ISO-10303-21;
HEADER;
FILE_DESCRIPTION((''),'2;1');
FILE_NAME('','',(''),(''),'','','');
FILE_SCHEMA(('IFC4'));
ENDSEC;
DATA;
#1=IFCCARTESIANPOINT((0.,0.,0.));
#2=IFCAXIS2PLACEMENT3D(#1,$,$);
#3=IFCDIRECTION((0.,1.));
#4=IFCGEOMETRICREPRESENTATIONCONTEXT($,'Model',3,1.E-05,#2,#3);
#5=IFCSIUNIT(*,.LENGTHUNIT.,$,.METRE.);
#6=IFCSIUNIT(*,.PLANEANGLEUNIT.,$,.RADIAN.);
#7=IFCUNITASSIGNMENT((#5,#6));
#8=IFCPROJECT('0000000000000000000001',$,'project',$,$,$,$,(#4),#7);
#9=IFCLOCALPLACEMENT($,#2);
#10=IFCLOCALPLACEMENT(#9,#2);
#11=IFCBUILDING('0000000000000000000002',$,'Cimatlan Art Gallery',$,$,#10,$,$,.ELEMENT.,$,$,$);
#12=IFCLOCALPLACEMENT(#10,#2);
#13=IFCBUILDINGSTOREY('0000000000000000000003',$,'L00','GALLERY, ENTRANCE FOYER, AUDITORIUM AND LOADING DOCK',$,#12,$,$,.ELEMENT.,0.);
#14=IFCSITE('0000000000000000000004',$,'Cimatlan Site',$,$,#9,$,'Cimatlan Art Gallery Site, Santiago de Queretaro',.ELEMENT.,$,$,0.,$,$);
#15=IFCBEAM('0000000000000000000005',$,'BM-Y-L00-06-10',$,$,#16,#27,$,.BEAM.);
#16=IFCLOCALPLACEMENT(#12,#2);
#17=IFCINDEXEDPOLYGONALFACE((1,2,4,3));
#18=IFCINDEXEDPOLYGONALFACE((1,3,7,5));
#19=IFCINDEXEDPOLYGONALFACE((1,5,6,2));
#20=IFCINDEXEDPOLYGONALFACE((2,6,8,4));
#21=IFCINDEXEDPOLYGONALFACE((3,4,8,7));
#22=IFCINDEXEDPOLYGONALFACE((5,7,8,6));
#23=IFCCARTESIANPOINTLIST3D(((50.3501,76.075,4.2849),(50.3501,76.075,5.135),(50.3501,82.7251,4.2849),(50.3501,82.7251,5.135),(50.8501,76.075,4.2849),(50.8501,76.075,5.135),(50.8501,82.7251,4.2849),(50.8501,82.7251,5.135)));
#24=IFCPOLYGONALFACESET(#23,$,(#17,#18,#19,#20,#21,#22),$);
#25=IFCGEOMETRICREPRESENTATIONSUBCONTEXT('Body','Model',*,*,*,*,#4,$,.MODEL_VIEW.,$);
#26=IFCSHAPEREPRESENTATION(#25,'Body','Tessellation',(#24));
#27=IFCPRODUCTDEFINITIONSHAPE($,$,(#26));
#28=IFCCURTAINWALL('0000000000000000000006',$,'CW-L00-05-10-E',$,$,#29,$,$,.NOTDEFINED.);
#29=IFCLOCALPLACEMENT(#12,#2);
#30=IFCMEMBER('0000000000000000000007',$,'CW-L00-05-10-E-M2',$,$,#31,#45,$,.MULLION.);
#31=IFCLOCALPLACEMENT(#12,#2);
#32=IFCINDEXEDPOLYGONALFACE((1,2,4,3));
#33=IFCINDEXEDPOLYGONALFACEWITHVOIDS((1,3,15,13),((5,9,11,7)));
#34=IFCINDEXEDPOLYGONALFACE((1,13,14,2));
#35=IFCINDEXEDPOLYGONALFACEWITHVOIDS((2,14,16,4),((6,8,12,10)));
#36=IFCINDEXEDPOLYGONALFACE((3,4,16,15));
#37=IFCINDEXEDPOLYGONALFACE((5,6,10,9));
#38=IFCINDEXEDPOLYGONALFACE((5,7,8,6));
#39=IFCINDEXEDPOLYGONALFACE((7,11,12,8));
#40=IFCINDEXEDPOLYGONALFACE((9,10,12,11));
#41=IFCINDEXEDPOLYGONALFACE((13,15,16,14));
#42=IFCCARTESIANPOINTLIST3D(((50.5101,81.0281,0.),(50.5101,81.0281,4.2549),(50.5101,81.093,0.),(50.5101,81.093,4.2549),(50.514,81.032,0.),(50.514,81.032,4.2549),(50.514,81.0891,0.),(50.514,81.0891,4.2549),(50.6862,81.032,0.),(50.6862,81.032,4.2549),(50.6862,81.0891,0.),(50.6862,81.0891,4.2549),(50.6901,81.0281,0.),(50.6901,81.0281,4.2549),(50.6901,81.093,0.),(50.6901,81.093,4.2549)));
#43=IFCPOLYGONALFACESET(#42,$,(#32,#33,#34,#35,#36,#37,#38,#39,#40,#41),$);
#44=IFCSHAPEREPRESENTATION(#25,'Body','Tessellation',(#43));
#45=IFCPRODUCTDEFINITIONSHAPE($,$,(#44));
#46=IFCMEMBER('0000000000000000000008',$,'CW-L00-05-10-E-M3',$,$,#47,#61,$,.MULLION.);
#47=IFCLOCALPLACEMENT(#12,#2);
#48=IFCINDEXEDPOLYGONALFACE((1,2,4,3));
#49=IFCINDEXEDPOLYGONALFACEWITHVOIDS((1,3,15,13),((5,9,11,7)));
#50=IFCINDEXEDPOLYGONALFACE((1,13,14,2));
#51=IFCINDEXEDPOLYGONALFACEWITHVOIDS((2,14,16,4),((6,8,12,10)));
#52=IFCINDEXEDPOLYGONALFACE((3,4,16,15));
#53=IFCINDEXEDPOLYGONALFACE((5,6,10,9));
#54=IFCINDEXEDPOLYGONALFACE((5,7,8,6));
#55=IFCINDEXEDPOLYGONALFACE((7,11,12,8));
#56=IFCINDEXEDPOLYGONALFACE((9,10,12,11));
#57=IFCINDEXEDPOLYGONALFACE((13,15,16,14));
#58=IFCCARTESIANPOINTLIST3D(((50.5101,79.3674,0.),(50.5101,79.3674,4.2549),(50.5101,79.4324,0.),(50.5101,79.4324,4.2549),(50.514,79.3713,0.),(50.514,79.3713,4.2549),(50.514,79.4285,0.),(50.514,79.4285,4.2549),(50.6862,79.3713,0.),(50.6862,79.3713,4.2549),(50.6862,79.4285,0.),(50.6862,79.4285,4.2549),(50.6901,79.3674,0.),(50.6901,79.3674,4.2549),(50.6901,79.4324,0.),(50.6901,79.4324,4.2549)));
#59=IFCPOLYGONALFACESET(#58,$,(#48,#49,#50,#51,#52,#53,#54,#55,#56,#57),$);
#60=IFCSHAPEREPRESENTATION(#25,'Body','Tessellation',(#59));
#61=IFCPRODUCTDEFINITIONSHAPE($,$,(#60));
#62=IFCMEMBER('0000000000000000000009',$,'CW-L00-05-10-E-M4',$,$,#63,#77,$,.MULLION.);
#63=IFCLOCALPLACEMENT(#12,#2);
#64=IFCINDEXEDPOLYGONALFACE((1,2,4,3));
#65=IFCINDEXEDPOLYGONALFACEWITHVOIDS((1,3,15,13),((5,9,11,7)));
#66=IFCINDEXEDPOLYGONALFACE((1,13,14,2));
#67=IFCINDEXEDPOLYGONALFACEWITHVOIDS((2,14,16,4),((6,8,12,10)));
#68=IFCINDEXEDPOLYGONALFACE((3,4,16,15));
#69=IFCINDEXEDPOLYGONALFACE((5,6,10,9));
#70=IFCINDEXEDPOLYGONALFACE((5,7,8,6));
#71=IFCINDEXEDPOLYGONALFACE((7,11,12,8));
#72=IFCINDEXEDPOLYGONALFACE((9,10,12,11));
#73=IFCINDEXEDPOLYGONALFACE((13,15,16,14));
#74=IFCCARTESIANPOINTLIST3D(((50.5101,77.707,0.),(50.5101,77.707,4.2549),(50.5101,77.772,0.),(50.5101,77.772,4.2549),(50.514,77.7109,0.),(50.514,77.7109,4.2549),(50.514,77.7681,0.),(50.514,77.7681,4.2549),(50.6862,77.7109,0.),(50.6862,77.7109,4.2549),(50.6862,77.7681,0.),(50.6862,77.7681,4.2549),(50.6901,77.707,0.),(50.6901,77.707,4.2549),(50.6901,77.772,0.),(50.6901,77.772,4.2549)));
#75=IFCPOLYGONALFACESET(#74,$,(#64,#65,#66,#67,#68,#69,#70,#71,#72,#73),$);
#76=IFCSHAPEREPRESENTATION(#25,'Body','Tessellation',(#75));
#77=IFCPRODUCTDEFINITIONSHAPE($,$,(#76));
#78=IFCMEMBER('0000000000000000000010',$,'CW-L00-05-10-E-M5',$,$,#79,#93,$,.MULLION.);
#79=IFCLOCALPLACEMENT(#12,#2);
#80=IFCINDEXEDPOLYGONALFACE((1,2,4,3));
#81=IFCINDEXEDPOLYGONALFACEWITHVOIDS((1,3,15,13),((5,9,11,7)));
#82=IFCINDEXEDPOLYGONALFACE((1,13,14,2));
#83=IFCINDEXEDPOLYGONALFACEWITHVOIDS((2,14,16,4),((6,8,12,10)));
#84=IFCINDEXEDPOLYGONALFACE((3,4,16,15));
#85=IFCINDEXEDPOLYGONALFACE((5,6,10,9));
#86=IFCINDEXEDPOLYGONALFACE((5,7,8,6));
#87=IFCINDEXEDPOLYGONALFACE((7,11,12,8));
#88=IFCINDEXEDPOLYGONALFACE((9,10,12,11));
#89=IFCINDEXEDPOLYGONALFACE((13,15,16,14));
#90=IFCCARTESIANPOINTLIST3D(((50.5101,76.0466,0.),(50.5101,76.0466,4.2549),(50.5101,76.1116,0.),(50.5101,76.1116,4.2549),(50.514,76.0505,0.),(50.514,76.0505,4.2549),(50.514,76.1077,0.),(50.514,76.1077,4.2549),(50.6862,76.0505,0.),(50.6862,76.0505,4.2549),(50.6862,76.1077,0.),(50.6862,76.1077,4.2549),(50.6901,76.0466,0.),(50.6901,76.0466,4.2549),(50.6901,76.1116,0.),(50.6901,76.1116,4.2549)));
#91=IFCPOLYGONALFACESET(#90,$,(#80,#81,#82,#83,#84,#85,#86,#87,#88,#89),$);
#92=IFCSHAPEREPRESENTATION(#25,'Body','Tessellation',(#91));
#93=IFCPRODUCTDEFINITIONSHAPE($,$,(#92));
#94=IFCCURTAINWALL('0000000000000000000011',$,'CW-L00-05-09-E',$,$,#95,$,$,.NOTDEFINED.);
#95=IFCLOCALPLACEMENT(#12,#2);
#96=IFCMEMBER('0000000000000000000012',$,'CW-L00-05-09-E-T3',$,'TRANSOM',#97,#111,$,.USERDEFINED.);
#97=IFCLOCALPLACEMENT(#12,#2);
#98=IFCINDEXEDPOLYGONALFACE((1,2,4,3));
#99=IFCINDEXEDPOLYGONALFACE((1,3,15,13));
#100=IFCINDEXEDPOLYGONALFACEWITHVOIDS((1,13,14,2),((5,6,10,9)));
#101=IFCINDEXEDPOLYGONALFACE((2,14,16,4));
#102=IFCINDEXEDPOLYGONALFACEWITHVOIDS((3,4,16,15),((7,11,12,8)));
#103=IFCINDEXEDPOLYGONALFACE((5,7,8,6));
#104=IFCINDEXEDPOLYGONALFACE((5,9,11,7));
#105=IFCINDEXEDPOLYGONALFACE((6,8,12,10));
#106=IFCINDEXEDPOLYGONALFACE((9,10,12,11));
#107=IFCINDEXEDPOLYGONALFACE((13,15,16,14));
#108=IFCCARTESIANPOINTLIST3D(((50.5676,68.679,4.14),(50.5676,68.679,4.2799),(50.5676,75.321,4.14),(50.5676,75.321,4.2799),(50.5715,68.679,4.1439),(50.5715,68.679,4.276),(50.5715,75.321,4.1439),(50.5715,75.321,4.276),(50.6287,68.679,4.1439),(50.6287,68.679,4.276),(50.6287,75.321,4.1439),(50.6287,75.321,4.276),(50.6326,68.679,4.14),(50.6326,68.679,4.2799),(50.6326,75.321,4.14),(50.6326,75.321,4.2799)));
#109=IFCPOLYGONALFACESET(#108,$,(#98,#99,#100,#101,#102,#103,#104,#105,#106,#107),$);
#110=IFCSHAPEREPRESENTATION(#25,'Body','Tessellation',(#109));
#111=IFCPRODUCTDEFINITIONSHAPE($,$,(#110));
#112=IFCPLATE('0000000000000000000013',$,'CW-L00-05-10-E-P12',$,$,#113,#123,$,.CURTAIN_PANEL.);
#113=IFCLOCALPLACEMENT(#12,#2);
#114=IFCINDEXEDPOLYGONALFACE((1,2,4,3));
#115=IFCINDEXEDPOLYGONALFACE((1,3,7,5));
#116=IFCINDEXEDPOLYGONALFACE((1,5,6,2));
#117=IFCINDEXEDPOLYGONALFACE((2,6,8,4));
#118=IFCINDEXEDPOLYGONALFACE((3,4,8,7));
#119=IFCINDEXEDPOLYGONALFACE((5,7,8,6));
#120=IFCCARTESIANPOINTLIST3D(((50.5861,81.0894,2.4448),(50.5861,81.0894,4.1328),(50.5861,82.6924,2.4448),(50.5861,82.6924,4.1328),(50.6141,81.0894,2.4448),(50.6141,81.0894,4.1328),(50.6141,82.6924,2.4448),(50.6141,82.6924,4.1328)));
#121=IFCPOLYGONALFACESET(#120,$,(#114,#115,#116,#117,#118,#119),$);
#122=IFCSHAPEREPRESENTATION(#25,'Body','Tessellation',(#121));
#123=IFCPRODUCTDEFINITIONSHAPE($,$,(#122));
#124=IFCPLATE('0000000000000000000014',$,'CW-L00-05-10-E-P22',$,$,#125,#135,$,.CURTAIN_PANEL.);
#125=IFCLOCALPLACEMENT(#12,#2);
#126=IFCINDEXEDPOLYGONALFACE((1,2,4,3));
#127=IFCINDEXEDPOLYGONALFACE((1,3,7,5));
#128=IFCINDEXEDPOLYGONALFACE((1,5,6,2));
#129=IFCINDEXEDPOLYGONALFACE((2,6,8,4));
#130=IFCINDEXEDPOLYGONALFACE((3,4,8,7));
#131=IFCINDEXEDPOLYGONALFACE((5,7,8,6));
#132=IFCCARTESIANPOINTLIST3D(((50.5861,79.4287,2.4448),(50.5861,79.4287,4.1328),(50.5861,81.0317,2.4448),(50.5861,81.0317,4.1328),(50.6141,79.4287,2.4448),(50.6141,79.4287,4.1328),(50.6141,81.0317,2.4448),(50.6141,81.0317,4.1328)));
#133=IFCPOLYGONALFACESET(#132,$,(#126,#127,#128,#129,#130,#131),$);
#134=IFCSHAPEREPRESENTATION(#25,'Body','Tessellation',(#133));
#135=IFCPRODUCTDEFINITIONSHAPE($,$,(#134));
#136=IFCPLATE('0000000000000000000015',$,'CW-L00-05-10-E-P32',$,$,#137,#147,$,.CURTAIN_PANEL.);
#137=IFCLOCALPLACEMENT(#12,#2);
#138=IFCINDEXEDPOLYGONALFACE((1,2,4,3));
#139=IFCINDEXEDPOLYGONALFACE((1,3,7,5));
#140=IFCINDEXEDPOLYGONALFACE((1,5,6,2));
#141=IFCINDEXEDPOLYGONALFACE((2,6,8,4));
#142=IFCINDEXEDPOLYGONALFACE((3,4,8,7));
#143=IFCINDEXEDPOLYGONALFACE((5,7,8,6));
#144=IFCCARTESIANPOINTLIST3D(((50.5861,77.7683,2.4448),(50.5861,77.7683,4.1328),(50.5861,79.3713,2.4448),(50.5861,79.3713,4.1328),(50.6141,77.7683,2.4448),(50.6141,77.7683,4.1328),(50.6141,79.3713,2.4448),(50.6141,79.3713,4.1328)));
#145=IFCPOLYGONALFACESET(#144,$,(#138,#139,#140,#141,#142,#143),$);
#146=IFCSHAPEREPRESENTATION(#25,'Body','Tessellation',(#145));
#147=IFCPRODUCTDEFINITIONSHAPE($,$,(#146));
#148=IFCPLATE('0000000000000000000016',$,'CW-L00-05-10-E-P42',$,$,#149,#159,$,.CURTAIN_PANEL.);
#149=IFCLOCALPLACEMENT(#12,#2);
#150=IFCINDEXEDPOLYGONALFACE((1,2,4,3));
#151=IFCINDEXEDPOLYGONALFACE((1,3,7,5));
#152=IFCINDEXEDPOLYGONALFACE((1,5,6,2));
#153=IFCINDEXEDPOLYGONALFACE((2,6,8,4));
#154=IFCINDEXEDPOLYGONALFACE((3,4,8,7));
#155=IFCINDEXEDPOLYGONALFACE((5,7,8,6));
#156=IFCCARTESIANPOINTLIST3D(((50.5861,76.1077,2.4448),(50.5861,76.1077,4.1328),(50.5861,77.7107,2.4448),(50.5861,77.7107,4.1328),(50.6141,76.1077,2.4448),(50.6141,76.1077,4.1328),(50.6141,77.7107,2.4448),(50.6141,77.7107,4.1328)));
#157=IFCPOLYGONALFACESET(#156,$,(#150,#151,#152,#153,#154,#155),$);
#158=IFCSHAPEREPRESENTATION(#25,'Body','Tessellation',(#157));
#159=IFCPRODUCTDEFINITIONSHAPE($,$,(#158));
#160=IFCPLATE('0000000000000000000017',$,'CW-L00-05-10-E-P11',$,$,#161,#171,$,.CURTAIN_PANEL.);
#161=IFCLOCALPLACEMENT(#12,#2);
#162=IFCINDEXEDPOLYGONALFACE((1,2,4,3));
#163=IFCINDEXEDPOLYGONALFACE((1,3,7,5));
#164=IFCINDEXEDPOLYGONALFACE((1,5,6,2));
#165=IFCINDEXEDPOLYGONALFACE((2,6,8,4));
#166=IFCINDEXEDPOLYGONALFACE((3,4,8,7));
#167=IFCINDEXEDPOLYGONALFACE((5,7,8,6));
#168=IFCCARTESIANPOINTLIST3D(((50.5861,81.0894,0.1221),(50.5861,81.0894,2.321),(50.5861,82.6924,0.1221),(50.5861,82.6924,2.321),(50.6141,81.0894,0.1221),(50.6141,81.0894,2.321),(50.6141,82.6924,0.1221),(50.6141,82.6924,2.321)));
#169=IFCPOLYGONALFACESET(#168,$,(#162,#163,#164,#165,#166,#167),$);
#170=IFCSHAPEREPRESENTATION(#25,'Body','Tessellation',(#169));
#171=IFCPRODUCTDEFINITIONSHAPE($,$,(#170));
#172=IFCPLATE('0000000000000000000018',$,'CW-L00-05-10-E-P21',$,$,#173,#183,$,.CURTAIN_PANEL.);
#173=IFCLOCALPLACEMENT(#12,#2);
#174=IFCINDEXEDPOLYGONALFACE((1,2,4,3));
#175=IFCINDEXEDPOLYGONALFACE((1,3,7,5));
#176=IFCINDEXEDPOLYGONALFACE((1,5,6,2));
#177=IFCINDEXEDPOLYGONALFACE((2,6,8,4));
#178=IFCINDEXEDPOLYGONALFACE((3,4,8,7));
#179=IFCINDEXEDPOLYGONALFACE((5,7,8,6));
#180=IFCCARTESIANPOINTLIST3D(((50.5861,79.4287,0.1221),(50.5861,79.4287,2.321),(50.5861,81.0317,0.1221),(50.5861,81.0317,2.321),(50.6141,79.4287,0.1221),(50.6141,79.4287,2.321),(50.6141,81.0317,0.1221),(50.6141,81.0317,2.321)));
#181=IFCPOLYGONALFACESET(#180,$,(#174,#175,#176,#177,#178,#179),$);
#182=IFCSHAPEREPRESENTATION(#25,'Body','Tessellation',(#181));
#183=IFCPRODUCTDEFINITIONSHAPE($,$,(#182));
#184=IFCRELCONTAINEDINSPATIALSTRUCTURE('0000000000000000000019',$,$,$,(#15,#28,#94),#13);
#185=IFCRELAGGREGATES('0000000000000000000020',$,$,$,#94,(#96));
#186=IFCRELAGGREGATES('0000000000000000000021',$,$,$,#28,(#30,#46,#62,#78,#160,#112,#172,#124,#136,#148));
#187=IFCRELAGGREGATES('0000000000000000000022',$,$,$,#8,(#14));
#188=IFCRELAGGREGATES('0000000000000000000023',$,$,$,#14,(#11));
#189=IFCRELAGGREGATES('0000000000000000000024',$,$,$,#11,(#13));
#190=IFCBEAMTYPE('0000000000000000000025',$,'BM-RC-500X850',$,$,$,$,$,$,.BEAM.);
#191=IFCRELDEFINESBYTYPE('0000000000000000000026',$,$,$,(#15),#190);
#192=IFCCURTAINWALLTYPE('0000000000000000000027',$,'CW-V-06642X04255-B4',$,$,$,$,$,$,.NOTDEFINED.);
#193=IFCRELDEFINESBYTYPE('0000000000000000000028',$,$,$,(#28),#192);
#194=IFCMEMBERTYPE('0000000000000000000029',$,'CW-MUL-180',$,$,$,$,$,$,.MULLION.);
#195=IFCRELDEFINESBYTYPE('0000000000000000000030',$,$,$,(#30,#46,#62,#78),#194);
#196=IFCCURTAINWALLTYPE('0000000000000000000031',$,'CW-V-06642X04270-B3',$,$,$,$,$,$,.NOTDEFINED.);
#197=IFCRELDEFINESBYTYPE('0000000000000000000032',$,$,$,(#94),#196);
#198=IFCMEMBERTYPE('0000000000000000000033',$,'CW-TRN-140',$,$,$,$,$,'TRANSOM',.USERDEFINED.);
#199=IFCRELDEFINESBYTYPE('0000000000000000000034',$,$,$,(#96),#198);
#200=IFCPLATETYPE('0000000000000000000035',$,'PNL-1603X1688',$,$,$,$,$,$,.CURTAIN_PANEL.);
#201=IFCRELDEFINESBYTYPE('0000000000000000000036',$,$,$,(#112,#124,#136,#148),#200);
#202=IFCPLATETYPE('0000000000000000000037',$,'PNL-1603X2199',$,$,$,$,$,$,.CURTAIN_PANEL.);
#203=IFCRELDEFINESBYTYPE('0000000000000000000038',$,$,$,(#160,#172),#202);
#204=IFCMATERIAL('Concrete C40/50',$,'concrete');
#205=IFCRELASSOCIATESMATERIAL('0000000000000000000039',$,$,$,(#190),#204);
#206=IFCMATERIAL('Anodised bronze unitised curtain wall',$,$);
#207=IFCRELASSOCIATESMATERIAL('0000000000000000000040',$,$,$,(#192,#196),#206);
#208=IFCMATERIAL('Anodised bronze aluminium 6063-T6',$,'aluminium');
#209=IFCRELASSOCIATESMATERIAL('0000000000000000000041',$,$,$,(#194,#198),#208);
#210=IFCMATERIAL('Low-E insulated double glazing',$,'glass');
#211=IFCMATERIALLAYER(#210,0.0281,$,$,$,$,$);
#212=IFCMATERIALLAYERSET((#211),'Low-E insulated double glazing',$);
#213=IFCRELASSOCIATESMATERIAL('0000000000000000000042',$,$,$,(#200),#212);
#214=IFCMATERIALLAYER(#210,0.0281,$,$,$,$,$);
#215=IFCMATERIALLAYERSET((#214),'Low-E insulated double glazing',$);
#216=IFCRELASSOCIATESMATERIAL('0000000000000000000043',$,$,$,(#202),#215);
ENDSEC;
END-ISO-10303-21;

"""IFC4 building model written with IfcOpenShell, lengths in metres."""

from ifc_helpers import new_model, si_unit, direction, frame, origin, origin_2d, place, context, subcontext, project, spatial, rectangle, hollow_rectangle, extrude, material, layer, layer_set, material_profile, profile_set, type_object, element, aggregate, save


model = new_model("IFC4")

# Units and contexts
model_context = context("Model", 3, precision=1e-05, world=origin(), true_north=direction((0.0, 1.0)))
body_context = subcontext(model_context, "Body", "Model", "MODEL_VIEW")
ifc_project = project(units=[si_unit("LENGTHUNIT", "METRE"), si_unit("PLANEANGLEUNIT", "RADIAN")], contexts=[model_context])

# Site, building, storey
site_placement = place(None, origin())
site = spatial("IfcSite", under=ifc_project, at=site_placement, Name="Cimatlan Site", LongName="Cimatlan Art Gallery Site, Santiago de Queretaro", CompositionType="ELEMENT", RefElevation=0.0)
building_placement = place(site_placement, origin())
building = spatial("IfcBuilding", under=site, at=building_placement, Name="Cimatlan Art Gallery", CompositionType="ELEMENT")
storey_placement = place(building_placement, origin())
storey = spatial("IfcBuildingStorey", under=building, at=storey_placement, Name="L00", Description="GALLERY, ENTRANCE FOYER, AUDITORIUM AND LOADING DOCK", CompositionType="ELEMENT", Elevation=0.0)

# Shared definitions
ifc_material_1 = material(Name="Concrete C40/50", Category="concrete")

# Beam
ifc_material_profile_1 = material_profile(ifc_material_1, rectangle(XDim=0.5, YDim=0.8501, at=origin_2d()), Name="RC500X850")
ifc_profile_set_1 = profile_set([ifc_material_profile_1], Name="Concrete C40/50")
beam_type = type_object("IfcBeamType", Name="BM-RC-500X850", PredefinedType="BEAM", material=ifc_profile_set_1)
beam_placement = place(storey_placement, frame((50.6001, 76.075, 4.71), z_axis=(0.0, 1.0, 0.0), x_axis=(-1.0, 0.0, 0.0)))
element("IfcBeam", 1, at=beam_placement, inside=storey, type_object=beam_type, Name="BM-Y-L00-06-10", PredefinedType="BEAM", context=body_context, shape_type="SweptSolid", body=[
    extrude(rectangle(XDim=0.5, YDim=0.8501, at=origin_2d()), origin(), (0.0, 0.0, 1.0), 6.6501),
])

# Curtain wall, members
ifc_material_2 = material(Name="Anodised bronze unitised curtain wall")
curtain_wall_type_1 = type_object("IfcCurtainWallType", Name="CW-V-06642X04255-B4", PredefinedType="NOTDEFINED", material=ifc_material_2)
curtain_wall_1_placement = place(storey_placement, origin())
curtain_wall_1 = element("IfcCurtainWall", 2, at=curtain_wall_1_placement, inside=storey, type_object=curtain_wall_type_1, Name="CW-L00-05-10-E", PredefinedType="NOTDEFINED")
ifc_material_3 = material(Name="Anodised bronze aluminium 6063-T6", Category="aluminium")
ifc_material_profile_2 = material_profile(ifc_material_3, hollow_rectangle(XDim=0.0649, YDim=0.1799, WallThickness=0.0039, at=origin_2d()), Name="ALU65X180X4")
ifc_profile_set_2 = profile_set([ifc_material_profile_2], Name="Anodised bronze aluminium 6063-T6")
member_type_1 = type_object("IfcMemberType", Name="CW-MUL-180", PredefinedType="MULLION", material=ifc_profile_set_2)
member_1_placement = place(storey_placement, frame((50.6001, 81.0605, 0.0), z_axis=(0.0, 0.0, 1.0), x_axis=(0.0, 1.0, 0.0)))
member_1 = element("IfcMember", 3, at=member_1_placement, type_object=member_type_1, Name="CW-L00-05-10-E-M2", PredefinedType="MULLION", context=body_context, shape_type="SweptSolid", body=[
    extrude(hollow_rectangle(XDim=0.0649, YDim=0.1799, WallThickness=0.0039, at=origin_2d()), origin(), (0.0, 0.0, 1.0), 4.2549),
])
member_2_placement = place(storey_placement, frame((50.6001, 79.3999, 0.0), z_axis=(0.0, 0.0, 1.0), x_axis=(0.0, 1.0, 0.0)))
member_2 = element("IfcMember", 4, at=member_2_placement, type_object=member_type_1, Name="CW-L00-05-10-E-M3", PredefinedType="MULLION", context=body_context, shape_type="SweptSolid", body=[
    extrude(hollow_rectangle(XDim=0.0649, YDim=0.1799, WallThickness=0.0039, at=origin_2d()), origin(), (0.0, 0.0, 1.0), 4.2549),
])
member_3_placement = place(storey_placement, frame((50.6001, 77.7395, 0.0), z_axis=(0.0, 0.0, 1.0), x_axis=(0.0, 1.0, 0.0)))
member_3 = element("IfcMember", 5, at=member_3_placement, type_object=member_type_1, Name="CW-L00-05-10-E-M4", PredefinedType="MULLION", context=body_context, shape_type="SweptSolid", body=[
    extrude(hollow_rectangle(XDim=0.0649, YDim=0.1799, WallThickness=0.0039, at=origin_2d()), origin(), (0.0, 0.0, 1.0), 4.2549),
])
member_4_placement = place(storey_placement, frame((50.6001, 76.0791, 0.0), z_axis=(0.0, 0.0, 1.0), x_axis=(0.0, 1.0, 0.0)))
member_4 = element("IfcMember", 6, at=member_4_placement, type_object=member_type_1, Name="CW-L00-05-10-E-M5", PredefinedType="MULLION", context=body_context, shape_type="SweptSolid", body=[
    extrude(hollow_rectangle(XDim=0.0649, YDim=0.1799, WallThickness=0.0039, at=origin_2d()), origin(), (0.0, 0.0, 1.0), 4.2549),
])

# Curtain wall, member
curtain_wall_type_2 = type_object("IfcCurtainWallType", Name="CW-V-06642X04270-B3", PredefinedType="NOTDEFINED", material=ifc_material_2)
curtain_wall_2_placement = place(storey_placement, origin())
curtain_wall_2 = element("IfcCurtainWall", 7, at=curtain_wall_2_placement, inside=storey, type_object=curtain_wall_type_2, Name="CW-L00-05-09-E", PredefinedType="NOTDEFINED")
ifc_material_profile_3 = material_profile(ifc_material_3, hollow_rectangle(XDim=0.0649, YDim=0.1399, WallThickness=0.0039, at=origin_2d()), Name="ALU65X140X4")
ifc_profile_set_3 = profile_set([ifc_material_profile_3], Name="Anodised bronze aluminium 6063-T6")
member_type_2 = type_object("IfcMemberType", Name="CW-TRN-140", ElementType="TRANSOM", PredefinedType="USERDEFINED", material=ifc_profile_set_3)
member_5_placement = place(storey_placement, frame((50.6001, 75.321, 4.21), z_axis=(0.0, -1.0, 0.0), x_axis=(1.0, 0.0, 0.0)))
member_5 = element("IfcMember", 8, at=member_5_placement, type_object=member_type_2, Name="CW-L00-05-09-E-T3", ObjectType="TRANSOM", PredefinedType="USERDEFINED", context=body_context, shape_type="SweptSolid", body=[
    extrude(hollow_rectangle(XDim=0.0649, YDim=0.1399, WallThickness=0.0039, at=origin_2d()), origin(), (0.0, 0.0, 1.0), 6.6421),
])
aggregate(curtain_wall_2, [member_5])

# Plates
ifc_material_4 = material(Name="Low-E insulated double glazing", Category="glass")
ifc_layer_1 = layer(ifc_material_4, 0.0281)
ifc_layer_set_1 = layer_set([ifc_layer_1], Name="Low-E insulated double glazing")
plate_type_1 = type_object("IfcPlateType", Name="PNL-1603X1688", PredefinedType="CURTAIN_PANEL", material=ifc_layer_set_1)
plate_1_placement = place(storey_placement, frame((50.6001, 81.8909, 2.4448), z_axis=(0.0, 0.0, 1.0), x_axis=(0.0, -1.0, 0.0)))
plate_1 = element("IfcPlate", 9, at=plate_1_placement, type_object=plate_type_1, Name="CW-L00-05-10-E-P12", PredefinedType="CURTAIN_PANEL", context=body_context, shape_type="SweptSolid", body=[
    extrude(rectangle(XDim=1.603, YDim=0.0281, at=origin_2d()), origin(), (0.0, 0.0, 1.0), 1.688),
])
plate_2_placement = place(storey_placement, frame((50.6001, 80.2302, 2.4448), z_axis=(0.0, 0.0, 1.0), x_axis=(0.0, -1.0, 0.0)))
plate_2 = element("IfcPlate", 10, at=plate_2_placement, type_object=plate_type_1, Name="CW-L00-05-10-E-P22", PredefinedType="CURTAIN_PANEL", context=body_context, shape_type="SweptSolid", body=[
    extrude(rectangle(XDim=1.603, YDim=0.0281, at=origin_2d()), origin(), (0.0, 0.0, 1.0), 1.688),
])
plate_3_placement = place(storey_placement, frame((50.6001, 78.5698, 2.4448), z_axis=(0.0, 0.0, 1.0), x_axis=(0.0, -1.0, 0.0)))
plate_3 = element("IfcPlate", 11, at=plate_3_placement, type_object=plate_type_1, Name="CW-L00-05-10-E-P32", PredefinedType="CURTAIN_PANEL", context=body_context, shape_type="SweptSolid", body=[
    extrude(rectangle(XDim=1.603, YDim=0.0281, at=origin_2d()), origin(), (0.0, 0.0, 1.0), 1.688),
])
plate_4_placement = place(storey_placement, frame((50.6001, 76.9092, 2.4448), z_axis=(0.0, 0.0, 1.0), x_axis=(0.0, -1.0, 0.0)))
plate_4 = element("IfcPlate", 12, at=plate_4_placement, type_object=plate_type_1, Name="CW-L00-05-10-E-P42", PredefinedType="CURTAIN_PANEL", context=body_context, shape_type="SweptSolid", body=[
    extrude(rectangle(XDim=1.603, YDim=0.0281, at=origin_2d()), origin(), (0.0, 0.0, 1.0), 1.688),
])
ifc_layer_2 = layer(ifc_material_4, 0.0281)
ifc_layer_set_2 = layer_set([ifc_layer_2], Name="Low-E insulated double glazing")
plate_type_2 = type_object("IfcPlateType", Name="PNL-1603X2199", PredefinedType="CURTAIN_PANEL", material=ifc_layer_set_2)
plate_5_placement = place(storey_placement, frame((50.6001, 81.8909, 0.1221), z_axis=(0.0, 0.0, 1.0), x_axis=(0.0, -1.0, 0.0)))
plate_5 = element("IfcPlate", 13, at=plate_5_placement, type_object=plate_type_2, Name="CW-L00-05-10-E-P11", PredefinedType="CURTAIN_PANEL", context=body_context, shape_type="SweptSolid", body=[
    extrude(rectangle(XDim=1.603, YDim=0.0281, at=origin_2d()), origin(), (0.0, 0.0, 1.0), 2.199),
])
plate_6_placement = place(storey_placement, frame((50.6001, 80.2302, 0.1221), z_axis=(0.0, 0.0, 1.0), x_axis=(0.0, -1.0, 0.0)))
plate_6 = element("IfcPlate", 14, at=plate_6_placement, type_object=plate_type_2, Name="CW-L00-05-10-E-P21", PredefinedType="CURTAIN_PANEL", context=body_context, shape_type="SweptSolid", body=[
    extrude(rectangle(XDim=1.603, YDim=0.0281, at=origin_2d()), origin(), (0.0, 0.0, 1.0), 2.199),
])
aggregate(curtain_wall_1, [member_1, member_2, member_3, member_4, plate_5, plate_1, plate_6, plate_2, plate_3, plate_4])

save(model, "model.ifc")
